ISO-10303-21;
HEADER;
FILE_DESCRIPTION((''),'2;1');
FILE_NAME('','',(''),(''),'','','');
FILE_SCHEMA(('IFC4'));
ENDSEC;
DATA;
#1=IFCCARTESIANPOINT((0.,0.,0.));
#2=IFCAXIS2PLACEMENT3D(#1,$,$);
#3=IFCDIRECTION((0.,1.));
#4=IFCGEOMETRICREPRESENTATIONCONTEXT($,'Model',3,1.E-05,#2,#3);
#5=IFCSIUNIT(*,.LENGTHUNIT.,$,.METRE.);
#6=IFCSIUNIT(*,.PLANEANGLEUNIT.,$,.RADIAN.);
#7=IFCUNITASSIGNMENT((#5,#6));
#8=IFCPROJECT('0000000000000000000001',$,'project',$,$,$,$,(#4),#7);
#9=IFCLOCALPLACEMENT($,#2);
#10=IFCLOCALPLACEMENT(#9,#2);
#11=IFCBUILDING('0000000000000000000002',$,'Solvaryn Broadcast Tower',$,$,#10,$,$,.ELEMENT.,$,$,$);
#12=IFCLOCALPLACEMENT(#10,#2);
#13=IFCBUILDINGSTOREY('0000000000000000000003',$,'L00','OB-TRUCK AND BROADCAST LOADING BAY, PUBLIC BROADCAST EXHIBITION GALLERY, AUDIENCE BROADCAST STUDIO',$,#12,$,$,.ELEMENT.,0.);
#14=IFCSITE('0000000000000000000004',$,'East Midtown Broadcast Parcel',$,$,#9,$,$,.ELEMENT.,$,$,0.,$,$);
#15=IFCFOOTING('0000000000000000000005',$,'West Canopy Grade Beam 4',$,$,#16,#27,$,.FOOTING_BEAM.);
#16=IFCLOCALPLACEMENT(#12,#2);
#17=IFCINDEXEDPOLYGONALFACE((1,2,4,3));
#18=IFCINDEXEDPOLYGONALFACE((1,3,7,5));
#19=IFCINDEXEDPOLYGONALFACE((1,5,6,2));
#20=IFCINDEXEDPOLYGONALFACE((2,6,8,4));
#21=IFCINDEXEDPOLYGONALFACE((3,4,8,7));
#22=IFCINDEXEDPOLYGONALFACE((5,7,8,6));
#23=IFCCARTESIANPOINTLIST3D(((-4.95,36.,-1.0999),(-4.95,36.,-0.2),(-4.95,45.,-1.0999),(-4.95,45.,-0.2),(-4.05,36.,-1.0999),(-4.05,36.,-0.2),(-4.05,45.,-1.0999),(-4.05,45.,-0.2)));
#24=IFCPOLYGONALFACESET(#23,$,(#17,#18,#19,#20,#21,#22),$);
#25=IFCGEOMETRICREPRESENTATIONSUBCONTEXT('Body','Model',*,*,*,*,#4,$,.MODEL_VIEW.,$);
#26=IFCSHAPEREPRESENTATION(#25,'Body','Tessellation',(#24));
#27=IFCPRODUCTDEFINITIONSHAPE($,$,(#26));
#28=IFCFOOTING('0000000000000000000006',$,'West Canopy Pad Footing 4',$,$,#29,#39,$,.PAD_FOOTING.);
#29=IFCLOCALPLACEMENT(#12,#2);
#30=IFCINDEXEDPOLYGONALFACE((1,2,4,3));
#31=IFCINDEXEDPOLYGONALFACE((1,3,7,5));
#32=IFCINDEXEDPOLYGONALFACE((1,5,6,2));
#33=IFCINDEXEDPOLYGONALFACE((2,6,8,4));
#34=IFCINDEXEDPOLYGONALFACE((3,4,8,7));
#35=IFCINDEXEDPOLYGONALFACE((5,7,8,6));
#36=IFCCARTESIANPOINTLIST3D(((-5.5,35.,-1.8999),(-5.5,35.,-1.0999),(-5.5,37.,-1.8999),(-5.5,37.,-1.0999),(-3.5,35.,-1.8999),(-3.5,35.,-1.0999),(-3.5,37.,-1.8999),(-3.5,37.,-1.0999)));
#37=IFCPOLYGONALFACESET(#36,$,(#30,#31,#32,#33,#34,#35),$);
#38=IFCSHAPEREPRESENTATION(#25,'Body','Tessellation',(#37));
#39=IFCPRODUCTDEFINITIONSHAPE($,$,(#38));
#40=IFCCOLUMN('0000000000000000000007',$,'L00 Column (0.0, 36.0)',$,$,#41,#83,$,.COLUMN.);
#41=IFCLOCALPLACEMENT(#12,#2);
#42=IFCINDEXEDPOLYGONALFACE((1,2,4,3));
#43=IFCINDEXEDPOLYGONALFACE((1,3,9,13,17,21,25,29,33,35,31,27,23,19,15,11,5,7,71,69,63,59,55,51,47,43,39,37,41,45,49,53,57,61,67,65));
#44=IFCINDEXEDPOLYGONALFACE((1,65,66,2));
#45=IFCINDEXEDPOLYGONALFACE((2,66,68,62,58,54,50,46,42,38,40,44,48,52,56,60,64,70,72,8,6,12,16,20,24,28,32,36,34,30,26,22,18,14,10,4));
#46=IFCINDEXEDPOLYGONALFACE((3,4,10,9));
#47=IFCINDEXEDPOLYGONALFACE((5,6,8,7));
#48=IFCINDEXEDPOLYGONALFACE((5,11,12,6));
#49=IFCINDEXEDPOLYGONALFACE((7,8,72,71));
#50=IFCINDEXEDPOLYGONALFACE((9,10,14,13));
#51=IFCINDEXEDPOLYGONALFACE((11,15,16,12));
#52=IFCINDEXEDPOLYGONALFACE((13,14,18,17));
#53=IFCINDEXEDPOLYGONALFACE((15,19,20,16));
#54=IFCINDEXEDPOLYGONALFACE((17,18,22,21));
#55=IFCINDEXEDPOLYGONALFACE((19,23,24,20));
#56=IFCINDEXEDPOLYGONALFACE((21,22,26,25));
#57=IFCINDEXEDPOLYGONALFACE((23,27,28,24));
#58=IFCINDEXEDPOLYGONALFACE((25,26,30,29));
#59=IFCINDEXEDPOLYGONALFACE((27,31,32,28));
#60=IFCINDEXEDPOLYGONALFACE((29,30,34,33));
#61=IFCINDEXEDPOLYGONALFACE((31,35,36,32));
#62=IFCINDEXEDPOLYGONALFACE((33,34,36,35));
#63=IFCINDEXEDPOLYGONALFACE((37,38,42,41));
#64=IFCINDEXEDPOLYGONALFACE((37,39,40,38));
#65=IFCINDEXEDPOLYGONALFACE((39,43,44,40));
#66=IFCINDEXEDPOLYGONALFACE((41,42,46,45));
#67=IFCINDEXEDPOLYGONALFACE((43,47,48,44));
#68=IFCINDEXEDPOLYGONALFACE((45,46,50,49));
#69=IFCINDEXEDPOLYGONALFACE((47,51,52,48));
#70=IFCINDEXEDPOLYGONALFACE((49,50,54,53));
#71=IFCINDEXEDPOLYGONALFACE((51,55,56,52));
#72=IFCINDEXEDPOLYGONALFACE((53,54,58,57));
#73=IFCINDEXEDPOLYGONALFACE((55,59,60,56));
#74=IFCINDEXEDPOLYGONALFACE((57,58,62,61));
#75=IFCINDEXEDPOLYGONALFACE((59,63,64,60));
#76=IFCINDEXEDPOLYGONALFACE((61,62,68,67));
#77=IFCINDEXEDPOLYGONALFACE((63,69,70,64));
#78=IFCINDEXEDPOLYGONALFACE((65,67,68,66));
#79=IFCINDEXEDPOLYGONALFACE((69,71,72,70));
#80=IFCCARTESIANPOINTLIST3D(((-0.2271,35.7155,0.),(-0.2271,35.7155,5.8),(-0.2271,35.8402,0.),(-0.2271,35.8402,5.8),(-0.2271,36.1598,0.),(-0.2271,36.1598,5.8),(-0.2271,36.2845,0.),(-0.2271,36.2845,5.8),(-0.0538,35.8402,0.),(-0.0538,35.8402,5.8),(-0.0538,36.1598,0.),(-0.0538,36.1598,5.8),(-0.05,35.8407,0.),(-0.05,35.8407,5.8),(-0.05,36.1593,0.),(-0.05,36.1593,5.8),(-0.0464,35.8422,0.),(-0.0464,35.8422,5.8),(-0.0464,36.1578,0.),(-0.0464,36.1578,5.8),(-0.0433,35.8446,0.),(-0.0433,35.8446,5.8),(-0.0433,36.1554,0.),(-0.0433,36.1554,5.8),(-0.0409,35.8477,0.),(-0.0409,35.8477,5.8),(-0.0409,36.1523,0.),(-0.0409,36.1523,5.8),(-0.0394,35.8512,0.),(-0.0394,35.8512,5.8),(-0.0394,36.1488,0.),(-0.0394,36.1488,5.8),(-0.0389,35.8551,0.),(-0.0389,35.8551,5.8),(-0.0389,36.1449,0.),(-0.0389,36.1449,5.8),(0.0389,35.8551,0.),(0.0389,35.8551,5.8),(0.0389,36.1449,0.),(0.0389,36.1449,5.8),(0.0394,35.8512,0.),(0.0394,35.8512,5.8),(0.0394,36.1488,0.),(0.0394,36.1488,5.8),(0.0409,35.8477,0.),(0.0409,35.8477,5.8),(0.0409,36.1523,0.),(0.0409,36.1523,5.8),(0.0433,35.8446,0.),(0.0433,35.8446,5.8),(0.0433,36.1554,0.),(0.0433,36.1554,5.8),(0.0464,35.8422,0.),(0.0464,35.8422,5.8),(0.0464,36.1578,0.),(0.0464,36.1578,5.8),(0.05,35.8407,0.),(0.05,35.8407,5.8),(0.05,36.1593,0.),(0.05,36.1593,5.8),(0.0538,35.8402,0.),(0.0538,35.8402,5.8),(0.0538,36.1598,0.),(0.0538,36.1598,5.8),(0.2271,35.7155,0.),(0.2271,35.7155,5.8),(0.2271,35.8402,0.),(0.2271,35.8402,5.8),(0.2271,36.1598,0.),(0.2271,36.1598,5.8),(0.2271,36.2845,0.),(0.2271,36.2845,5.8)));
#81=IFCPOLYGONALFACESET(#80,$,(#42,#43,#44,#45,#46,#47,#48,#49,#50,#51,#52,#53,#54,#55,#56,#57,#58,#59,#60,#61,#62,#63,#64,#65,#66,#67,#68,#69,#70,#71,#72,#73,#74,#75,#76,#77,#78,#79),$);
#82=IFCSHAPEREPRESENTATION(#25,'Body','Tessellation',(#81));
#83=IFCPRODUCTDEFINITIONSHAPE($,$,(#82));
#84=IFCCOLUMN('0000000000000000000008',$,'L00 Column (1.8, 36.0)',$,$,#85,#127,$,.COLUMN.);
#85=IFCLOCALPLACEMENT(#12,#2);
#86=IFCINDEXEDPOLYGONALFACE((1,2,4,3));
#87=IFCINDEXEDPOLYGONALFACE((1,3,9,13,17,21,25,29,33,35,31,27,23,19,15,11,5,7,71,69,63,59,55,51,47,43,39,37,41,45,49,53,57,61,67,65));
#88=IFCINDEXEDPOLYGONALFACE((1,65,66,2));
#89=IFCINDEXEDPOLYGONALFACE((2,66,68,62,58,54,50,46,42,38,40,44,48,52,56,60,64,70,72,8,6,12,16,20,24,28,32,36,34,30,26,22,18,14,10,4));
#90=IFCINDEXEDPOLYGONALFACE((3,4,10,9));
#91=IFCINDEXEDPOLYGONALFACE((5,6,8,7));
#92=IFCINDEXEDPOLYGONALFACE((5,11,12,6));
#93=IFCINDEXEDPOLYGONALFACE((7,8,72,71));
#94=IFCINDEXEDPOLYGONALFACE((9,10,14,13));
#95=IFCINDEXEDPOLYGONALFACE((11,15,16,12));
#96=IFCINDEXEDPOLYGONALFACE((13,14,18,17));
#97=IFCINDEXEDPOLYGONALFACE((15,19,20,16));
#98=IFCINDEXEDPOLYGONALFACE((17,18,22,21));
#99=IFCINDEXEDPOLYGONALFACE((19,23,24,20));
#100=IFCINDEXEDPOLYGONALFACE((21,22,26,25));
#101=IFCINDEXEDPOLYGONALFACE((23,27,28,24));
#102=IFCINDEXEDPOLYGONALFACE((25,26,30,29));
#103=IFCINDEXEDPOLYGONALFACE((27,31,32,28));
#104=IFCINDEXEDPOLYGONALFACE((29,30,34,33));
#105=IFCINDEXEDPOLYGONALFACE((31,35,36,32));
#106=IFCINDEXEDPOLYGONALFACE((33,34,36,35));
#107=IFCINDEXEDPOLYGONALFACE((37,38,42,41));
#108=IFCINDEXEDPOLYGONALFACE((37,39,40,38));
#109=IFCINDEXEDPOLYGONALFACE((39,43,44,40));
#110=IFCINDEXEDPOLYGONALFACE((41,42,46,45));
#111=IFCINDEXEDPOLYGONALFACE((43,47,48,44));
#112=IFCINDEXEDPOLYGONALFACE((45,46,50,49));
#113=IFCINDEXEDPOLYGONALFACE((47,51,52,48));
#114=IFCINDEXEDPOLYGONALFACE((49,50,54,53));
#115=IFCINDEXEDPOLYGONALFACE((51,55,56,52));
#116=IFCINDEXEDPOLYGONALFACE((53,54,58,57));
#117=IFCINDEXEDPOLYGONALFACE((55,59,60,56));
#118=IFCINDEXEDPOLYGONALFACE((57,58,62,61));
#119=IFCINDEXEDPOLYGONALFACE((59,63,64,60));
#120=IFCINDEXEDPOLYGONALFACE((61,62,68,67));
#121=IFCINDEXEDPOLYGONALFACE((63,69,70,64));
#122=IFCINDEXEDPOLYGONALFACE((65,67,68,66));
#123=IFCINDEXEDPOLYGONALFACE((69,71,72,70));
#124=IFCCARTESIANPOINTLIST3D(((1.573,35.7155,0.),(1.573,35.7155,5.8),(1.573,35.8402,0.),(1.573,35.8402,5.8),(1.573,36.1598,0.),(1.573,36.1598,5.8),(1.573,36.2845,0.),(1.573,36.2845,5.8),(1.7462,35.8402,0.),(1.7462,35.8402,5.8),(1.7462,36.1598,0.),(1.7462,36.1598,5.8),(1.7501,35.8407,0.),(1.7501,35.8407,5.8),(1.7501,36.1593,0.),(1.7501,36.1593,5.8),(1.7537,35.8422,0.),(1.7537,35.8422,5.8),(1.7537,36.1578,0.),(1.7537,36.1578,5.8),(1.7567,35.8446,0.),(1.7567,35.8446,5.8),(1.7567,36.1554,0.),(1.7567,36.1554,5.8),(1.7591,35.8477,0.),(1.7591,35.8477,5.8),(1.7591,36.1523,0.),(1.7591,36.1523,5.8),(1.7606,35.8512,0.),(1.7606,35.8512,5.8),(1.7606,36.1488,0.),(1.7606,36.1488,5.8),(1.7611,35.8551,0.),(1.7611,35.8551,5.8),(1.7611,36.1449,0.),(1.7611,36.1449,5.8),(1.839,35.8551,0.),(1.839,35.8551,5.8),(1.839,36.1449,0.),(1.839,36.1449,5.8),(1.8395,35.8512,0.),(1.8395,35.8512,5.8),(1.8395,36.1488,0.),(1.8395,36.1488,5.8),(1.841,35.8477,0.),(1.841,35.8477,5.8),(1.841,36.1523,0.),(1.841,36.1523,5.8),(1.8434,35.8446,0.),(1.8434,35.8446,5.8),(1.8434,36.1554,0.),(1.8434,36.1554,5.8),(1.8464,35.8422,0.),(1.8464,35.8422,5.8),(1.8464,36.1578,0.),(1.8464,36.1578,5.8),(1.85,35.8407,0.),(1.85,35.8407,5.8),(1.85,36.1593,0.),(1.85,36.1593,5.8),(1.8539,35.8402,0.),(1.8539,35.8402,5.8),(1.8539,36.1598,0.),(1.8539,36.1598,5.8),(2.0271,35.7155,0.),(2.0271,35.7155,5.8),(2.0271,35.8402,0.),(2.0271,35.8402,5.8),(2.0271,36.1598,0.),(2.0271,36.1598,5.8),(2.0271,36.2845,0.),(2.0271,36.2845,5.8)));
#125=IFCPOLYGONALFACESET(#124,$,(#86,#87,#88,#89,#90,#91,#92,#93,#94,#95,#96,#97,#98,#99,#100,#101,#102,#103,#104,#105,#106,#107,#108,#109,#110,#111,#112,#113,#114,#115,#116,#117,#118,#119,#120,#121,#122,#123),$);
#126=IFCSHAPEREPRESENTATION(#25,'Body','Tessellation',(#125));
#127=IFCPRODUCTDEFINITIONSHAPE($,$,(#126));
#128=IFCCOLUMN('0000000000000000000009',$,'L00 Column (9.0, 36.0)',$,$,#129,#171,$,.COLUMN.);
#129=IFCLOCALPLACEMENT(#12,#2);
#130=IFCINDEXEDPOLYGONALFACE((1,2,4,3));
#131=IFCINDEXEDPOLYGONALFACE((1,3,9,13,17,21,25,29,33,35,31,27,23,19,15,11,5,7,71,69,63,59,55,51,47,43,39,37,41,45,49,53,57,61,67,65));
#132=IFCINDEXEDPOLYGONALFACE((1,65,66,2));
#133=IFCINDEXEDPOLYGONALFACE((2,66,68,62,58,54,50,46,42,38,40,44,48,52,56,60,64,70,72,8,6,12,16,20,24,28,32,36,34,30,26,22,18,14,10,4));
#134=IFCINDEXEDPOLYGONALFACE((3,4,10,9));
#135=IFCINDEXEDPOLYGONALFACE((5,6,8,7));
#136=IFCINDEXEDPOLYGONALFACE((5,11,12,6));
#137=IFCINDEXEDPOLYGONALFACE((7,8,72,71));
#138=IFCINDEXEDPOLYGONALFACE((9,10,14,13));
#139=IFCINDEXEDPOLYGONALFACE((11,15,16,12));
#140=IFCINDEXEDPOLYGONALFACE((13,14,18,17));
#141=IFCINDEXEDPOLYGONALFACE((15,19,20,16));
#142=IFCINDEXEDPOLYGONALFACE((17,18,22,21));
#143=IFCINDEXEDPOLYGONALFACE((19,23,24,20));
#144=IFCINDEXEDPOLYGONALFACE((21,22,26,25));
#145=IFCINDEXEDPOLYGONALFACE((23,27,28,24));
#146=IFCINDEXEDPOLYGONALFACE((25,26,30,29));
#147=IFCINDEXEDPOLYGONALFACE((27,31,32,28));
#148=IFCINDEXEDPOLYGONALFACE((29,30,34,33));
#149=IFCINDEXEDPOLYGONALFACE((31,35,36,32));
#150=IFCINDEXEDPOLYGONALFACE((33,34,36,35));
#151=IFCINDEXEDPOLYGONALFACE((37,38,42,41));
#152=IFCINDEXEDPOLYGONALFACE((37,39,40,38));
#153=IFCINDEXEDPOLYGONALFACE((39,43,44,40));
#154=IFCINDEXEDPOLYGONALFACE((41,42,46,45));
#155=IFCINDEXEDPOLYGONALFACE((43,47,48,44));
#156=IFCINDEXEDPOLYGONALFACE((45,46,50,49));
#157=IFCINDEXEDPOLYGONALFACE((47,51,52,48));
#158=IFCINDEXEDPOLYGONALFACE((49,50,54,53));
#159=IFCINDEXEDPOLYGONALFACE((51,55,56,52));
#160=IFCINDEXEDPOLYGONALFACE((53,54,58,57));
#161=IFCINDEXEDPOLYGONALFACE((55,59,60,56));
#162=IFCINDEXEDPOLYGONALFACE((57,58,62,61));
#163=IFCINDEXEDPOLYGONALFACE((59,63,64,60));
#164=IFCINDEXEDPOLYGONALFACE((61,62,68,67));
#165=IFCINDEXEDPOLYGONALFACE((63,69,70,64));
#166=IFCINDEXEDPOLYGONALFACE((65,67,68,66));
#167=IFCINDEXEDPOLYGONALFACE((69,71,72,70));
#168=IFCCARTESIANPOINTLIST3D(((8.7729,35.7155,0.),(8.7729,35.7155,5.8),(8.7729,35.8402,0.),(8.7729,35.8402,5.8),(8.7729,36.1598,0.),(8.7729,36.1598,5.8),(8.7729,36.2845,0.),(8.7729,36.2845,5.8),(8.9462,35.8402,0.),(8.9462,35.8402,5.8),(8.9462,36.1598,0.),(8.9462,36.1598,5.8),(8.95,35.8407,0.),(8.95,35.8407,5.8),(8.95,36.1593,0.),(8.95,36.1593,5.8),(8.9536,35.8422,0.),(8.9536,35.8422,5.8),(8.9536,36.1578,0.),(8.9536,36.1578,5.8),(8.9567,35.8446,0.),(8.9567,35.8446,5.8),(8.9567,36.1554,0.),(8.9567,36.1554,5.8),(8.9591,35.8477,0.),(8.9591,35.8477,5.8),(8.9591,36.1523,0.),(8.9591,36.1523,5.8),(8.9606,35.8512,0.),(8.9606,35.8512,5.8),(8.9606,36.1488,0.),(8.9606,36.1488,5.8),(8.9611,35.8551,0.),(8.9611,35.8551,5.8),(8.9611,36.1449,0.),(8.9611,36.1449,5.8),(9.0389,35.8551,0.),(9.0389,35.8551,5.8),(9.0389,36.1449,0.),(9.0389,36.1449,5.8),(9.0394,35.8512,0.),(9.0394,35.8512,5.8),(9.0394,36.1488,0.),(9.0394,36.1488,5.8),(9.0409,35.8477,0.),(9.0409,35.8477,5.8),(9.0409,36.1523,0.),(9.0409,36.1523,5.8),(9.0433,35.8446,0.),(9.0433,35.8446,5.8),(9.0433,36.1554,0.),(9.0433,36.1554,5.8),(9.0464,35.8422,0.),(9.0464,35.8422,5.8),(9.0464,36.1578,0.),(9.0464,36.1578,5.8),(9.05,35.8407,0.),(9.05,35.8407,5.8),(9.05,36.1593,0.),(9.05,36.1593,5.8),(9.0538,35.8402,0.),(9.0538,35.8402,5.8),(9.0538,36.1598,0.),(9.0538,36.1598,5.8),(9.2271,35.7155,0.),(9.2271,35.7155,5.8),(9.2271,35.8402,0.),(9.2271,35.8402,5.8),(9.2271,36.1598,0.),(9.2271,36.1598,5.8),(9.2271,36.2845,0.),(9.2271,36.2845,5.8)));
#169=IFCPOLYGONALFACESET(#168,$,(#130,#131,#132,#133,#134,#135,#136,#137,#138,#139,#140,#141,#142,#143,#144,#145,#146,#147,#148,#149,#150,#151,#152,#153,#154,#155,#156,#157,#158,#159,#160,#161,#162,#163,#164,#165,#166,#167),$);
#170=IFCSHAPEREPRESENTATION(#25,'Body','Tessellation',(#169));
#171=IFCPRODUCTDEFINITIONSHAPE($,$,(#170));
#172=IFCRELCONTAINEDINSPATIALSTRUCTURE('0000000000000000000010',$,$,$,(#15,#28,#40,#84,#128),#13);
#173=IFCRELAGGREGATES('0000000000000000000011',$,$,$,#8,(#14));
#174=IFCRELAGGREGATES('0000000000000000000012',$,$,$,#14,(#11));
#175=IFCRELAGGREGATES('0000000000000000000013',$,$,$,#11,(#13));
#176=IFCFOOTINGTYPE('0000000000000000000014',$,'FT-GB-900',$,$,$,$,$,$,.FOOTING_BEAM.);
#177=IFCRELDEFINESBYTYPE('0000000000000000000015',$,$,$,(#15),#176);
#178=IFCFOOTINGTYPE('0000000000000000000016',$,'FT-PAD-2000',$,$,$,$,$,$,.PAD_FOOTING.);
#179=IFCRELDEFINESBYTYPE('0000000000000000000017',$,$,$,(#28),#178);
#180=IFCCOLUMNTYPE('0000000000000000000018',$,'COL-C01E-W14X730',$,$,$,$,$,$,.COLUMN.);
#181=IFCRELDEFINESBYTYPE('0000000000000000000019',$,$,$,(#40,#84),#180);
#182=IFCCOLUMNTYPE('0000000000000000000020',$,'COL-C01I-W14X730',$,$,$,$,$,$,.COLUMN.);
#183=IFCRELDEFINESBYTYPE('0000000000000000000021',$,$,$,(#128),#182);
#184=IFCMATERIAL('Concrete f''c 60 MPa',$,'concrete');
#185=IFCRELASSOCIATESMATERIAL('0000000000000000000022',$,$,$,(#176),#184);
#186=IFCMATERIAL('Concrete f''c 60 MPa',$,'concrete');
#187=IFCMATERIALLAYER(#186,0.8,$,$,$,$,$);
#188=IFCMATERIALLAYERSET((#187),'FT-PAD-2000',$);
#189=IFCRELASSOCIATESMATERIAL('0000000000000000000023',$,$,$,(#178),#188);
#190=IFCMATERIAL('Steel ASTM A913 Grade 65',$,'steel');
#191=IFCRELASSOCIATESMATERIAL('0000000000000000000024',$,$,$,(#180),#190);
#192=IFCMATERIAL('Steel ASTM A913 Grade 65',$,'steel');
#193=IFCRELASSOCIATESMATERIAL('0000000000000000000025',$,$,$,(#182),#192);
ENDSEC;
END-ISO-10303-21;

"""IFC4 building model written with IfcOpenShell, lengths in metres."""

from ifc_helpers import new_model, si_unit, direction, frame, origin, origin_2d, place, context, subcontext, project, spatial, rectangle, i_section, extrude, material, layer, layer_set, material_profile, profile_set, type_object, element, save


model = new_model("IFC4")

# Units and contexts
model_context = context("Model", 3, precision=1e-05, world=origin(), true_north=direction((0.0, 1.0)))
body_context = subcontext(model_context, "Body", "Model", "MODEL_VIEW")
ifc_project = project(units=[si_unit("LENGTHUNIT", "METRE"), si_unit("PLANEANGLEUNIT", "RADIAN")], contexts=[model_context])

# Site, building, storey
site_placement = place(None, origin())
site = spatial("IfcSite", under=ifc_project, at=site_placement, Name="East Midtown Broadcast Parcel", CompositionType="ELEMENT", RefElevation=0.0)
building_placement = place(site_placement, origin())
building = spatial("IfcBuilding", under=site, at=building_placement, Name="Solvaryn Broadcast Tower", CompositionType="ELEMENT")
storey_placement = place(building_placement, origin())
storey = spatial("IfcBuildingStorey", under=building, at=storey_placement, Name="L00", Description="OB-TRUCK AND BROADCAST LOADING BAY, PUBLIC BROADCAST EXHIBITION GALLERY, AUDIENCE BROADCAST STUDIO", CompositionType="ELEMENT", Elevation=0.0)

# Footings
ifc_material_1 = material(Name="Concrete f'c 60 MPa", Category="concrete")
ifc_material_profile_1 = material_profile(ifc_material_1, rectangle(XDim=0.8999, YDim=0.8999, at=origin_2d()))
ifc_profile_set_1 = profile_set([ifc_material_profile_1], Name="Concrete f'c 60 MPa")
footing_type_1 = type_object("IfcFootingType", Name="FT-GB-900", PredefinedType="FOOTING_BEAM", material=ifc_profile_set_1)
footing_1_placement = place(storey_placement, frame((-4.5, 36.0, -0.6499), z_axis=(0.0, 1.0, 0.0), x_axis=(-1.0, 0.0, 0.0)))
element("IfcFooting", 1, at=footing_1_placement, inside=storey, type_object=footing_type_1, Name="West Canopy Grade Beam 4", PredefinedType="FOOTING_BEAM", context=body_context, shape_type="SweptSolid", body=[
    extrude(rectangle(XDim=0.8999, YDim=0.8999, at=origin_2d()), origin(), (0.0, 0.0, 1.0), 9.0),
])
ifc_material_2 = material(Name="Concrete f'c 60 MPa", Category="concrete")
ifc_layer_1 = layer(ifc_material_2, 0.8)
ifc_layer_set_1 = layer_set([ifc_layer_1], Name="FT-PAD-2000")
footing_type_2 = type_object("IfcFootingType", Name="FT-PAD-2000", PredefinedType="PAD_FOOTING", material=ifc_layer_set_1)
footing_2_placement = place(storey_placement, frame((-4.5, 36.0, -1.8999), z_axis=(0.0, 0.0, 1.0), x_axis=(1.0, 0.0, 0.0)))
element("IfcFooting", 2, at=footing_2_placement, inside=storey, type_object=footing_type_2, Name="West Canopy Pad Footing 4", PredefinedType="PAD_FOOTING", context=body_context, shape_type="SweptSolid", body=[
    extrude(rectangle(XDim=2.0, YDim=2.0, at=origin_2d()), origin(), (0.0, 0.0, 1.0), 0.8),
])

# Columns
ifc_material_3 = material(Name="Steel ASTM A913 Grade 65", Category="steel")
ifc_material_profile_2 = material_profile(ifc_material_3, i_section(OverallWidth=0.4541, OverallDepth=0.5691, WebThickness=0.0779, FlangeThickness=0.1248, FilletRadius=0.0149, at=origin_2d()))
ifc_profile_set_2 = profile_set([ifc_material_profile_2], Name="Steel ASTM A913 Grade 65")
column_type_1 = type_object("IfcColumnType", Name="COL-C01E-W14X730", PredefinedType="COLUMN", material=ifc_profile_set_2)
for number, where, z_axis, x_axis, name in (
    (3, (0.0, 36.0, 0.0), (0.0, 0.0, 1.0), (1.0, 0.0, 0.0), "L00 Column (0.0, 36.0)"),
    (4, (1.8, 36.0, 0.0), (0.0, 0.0, 1.0), (1.0, 0.0, 0.0), "L00 Column (1.8, 36.0)"),
):
    element("IfcColumn", number, at=place(storey_placement, frame(where, z_axis=z_axis, x_axis=x_axis)), inside=storey, type_object=column_type_1, Name=name, PredefinedType="COLUMN", context=body_context, shape_type="SweptSolid", body=[
        extrude(i_section(OverallWidth=0.4541, OverallDepth=0.5691, WebThickness=0.0779, FlangeThickness=0.1248, FilletRadius=0.0149, at=origin_2d()), origin(), (0.0, 0.0, 1.0), 5.8),
    ])
ifc_material_4 = material(Name="Steel ASTM A913 Grade 65", Category="steel")
ifc_material_profile_3 = material_profile(ifc_material_4, i_section(OverallWidth=0.4541, OverallDepth=0.5691, WebThickness=0.0779, FlangeThickness=0.1248, FilletRadius=0.0149, at=origin_2d()))
ifc_profile_set_3 = profile_set([ifc_material_profile_3], Name="Steel ASTM A913 Grade 65")
column_type_2 = type_object("IfcColumnType", Name="COL-C01I-W14X730", PredefinedType="COLUMN", material=ifc_profile_set_3)
column_1_placement = place(storey_placement, frame((9.0, 36.0, 0.0), z_axis=(0.0, 0.0, 1.0), x_axis=(1.0, 0.0, 0.0)))
element("IfcColumn", 5, at=column_1_placement, inside=storey, type_object=column_type_2, Name="L00 Column (9.0, 36.0)", PredefinedType="COLUMN", context=body_context, shape_type="SweptSolid", body=[
    extrude(i_section(OverallWidth=0.4541, OverallDepth=0.5691, WebThickness=0.0779, FlangeThickness=0.1248, FilletRadius=0.0149, at=origin_2d()), origin(), (0.0, 0.0, 1.0), 5.8),
])

save(model, "model.ifc")
